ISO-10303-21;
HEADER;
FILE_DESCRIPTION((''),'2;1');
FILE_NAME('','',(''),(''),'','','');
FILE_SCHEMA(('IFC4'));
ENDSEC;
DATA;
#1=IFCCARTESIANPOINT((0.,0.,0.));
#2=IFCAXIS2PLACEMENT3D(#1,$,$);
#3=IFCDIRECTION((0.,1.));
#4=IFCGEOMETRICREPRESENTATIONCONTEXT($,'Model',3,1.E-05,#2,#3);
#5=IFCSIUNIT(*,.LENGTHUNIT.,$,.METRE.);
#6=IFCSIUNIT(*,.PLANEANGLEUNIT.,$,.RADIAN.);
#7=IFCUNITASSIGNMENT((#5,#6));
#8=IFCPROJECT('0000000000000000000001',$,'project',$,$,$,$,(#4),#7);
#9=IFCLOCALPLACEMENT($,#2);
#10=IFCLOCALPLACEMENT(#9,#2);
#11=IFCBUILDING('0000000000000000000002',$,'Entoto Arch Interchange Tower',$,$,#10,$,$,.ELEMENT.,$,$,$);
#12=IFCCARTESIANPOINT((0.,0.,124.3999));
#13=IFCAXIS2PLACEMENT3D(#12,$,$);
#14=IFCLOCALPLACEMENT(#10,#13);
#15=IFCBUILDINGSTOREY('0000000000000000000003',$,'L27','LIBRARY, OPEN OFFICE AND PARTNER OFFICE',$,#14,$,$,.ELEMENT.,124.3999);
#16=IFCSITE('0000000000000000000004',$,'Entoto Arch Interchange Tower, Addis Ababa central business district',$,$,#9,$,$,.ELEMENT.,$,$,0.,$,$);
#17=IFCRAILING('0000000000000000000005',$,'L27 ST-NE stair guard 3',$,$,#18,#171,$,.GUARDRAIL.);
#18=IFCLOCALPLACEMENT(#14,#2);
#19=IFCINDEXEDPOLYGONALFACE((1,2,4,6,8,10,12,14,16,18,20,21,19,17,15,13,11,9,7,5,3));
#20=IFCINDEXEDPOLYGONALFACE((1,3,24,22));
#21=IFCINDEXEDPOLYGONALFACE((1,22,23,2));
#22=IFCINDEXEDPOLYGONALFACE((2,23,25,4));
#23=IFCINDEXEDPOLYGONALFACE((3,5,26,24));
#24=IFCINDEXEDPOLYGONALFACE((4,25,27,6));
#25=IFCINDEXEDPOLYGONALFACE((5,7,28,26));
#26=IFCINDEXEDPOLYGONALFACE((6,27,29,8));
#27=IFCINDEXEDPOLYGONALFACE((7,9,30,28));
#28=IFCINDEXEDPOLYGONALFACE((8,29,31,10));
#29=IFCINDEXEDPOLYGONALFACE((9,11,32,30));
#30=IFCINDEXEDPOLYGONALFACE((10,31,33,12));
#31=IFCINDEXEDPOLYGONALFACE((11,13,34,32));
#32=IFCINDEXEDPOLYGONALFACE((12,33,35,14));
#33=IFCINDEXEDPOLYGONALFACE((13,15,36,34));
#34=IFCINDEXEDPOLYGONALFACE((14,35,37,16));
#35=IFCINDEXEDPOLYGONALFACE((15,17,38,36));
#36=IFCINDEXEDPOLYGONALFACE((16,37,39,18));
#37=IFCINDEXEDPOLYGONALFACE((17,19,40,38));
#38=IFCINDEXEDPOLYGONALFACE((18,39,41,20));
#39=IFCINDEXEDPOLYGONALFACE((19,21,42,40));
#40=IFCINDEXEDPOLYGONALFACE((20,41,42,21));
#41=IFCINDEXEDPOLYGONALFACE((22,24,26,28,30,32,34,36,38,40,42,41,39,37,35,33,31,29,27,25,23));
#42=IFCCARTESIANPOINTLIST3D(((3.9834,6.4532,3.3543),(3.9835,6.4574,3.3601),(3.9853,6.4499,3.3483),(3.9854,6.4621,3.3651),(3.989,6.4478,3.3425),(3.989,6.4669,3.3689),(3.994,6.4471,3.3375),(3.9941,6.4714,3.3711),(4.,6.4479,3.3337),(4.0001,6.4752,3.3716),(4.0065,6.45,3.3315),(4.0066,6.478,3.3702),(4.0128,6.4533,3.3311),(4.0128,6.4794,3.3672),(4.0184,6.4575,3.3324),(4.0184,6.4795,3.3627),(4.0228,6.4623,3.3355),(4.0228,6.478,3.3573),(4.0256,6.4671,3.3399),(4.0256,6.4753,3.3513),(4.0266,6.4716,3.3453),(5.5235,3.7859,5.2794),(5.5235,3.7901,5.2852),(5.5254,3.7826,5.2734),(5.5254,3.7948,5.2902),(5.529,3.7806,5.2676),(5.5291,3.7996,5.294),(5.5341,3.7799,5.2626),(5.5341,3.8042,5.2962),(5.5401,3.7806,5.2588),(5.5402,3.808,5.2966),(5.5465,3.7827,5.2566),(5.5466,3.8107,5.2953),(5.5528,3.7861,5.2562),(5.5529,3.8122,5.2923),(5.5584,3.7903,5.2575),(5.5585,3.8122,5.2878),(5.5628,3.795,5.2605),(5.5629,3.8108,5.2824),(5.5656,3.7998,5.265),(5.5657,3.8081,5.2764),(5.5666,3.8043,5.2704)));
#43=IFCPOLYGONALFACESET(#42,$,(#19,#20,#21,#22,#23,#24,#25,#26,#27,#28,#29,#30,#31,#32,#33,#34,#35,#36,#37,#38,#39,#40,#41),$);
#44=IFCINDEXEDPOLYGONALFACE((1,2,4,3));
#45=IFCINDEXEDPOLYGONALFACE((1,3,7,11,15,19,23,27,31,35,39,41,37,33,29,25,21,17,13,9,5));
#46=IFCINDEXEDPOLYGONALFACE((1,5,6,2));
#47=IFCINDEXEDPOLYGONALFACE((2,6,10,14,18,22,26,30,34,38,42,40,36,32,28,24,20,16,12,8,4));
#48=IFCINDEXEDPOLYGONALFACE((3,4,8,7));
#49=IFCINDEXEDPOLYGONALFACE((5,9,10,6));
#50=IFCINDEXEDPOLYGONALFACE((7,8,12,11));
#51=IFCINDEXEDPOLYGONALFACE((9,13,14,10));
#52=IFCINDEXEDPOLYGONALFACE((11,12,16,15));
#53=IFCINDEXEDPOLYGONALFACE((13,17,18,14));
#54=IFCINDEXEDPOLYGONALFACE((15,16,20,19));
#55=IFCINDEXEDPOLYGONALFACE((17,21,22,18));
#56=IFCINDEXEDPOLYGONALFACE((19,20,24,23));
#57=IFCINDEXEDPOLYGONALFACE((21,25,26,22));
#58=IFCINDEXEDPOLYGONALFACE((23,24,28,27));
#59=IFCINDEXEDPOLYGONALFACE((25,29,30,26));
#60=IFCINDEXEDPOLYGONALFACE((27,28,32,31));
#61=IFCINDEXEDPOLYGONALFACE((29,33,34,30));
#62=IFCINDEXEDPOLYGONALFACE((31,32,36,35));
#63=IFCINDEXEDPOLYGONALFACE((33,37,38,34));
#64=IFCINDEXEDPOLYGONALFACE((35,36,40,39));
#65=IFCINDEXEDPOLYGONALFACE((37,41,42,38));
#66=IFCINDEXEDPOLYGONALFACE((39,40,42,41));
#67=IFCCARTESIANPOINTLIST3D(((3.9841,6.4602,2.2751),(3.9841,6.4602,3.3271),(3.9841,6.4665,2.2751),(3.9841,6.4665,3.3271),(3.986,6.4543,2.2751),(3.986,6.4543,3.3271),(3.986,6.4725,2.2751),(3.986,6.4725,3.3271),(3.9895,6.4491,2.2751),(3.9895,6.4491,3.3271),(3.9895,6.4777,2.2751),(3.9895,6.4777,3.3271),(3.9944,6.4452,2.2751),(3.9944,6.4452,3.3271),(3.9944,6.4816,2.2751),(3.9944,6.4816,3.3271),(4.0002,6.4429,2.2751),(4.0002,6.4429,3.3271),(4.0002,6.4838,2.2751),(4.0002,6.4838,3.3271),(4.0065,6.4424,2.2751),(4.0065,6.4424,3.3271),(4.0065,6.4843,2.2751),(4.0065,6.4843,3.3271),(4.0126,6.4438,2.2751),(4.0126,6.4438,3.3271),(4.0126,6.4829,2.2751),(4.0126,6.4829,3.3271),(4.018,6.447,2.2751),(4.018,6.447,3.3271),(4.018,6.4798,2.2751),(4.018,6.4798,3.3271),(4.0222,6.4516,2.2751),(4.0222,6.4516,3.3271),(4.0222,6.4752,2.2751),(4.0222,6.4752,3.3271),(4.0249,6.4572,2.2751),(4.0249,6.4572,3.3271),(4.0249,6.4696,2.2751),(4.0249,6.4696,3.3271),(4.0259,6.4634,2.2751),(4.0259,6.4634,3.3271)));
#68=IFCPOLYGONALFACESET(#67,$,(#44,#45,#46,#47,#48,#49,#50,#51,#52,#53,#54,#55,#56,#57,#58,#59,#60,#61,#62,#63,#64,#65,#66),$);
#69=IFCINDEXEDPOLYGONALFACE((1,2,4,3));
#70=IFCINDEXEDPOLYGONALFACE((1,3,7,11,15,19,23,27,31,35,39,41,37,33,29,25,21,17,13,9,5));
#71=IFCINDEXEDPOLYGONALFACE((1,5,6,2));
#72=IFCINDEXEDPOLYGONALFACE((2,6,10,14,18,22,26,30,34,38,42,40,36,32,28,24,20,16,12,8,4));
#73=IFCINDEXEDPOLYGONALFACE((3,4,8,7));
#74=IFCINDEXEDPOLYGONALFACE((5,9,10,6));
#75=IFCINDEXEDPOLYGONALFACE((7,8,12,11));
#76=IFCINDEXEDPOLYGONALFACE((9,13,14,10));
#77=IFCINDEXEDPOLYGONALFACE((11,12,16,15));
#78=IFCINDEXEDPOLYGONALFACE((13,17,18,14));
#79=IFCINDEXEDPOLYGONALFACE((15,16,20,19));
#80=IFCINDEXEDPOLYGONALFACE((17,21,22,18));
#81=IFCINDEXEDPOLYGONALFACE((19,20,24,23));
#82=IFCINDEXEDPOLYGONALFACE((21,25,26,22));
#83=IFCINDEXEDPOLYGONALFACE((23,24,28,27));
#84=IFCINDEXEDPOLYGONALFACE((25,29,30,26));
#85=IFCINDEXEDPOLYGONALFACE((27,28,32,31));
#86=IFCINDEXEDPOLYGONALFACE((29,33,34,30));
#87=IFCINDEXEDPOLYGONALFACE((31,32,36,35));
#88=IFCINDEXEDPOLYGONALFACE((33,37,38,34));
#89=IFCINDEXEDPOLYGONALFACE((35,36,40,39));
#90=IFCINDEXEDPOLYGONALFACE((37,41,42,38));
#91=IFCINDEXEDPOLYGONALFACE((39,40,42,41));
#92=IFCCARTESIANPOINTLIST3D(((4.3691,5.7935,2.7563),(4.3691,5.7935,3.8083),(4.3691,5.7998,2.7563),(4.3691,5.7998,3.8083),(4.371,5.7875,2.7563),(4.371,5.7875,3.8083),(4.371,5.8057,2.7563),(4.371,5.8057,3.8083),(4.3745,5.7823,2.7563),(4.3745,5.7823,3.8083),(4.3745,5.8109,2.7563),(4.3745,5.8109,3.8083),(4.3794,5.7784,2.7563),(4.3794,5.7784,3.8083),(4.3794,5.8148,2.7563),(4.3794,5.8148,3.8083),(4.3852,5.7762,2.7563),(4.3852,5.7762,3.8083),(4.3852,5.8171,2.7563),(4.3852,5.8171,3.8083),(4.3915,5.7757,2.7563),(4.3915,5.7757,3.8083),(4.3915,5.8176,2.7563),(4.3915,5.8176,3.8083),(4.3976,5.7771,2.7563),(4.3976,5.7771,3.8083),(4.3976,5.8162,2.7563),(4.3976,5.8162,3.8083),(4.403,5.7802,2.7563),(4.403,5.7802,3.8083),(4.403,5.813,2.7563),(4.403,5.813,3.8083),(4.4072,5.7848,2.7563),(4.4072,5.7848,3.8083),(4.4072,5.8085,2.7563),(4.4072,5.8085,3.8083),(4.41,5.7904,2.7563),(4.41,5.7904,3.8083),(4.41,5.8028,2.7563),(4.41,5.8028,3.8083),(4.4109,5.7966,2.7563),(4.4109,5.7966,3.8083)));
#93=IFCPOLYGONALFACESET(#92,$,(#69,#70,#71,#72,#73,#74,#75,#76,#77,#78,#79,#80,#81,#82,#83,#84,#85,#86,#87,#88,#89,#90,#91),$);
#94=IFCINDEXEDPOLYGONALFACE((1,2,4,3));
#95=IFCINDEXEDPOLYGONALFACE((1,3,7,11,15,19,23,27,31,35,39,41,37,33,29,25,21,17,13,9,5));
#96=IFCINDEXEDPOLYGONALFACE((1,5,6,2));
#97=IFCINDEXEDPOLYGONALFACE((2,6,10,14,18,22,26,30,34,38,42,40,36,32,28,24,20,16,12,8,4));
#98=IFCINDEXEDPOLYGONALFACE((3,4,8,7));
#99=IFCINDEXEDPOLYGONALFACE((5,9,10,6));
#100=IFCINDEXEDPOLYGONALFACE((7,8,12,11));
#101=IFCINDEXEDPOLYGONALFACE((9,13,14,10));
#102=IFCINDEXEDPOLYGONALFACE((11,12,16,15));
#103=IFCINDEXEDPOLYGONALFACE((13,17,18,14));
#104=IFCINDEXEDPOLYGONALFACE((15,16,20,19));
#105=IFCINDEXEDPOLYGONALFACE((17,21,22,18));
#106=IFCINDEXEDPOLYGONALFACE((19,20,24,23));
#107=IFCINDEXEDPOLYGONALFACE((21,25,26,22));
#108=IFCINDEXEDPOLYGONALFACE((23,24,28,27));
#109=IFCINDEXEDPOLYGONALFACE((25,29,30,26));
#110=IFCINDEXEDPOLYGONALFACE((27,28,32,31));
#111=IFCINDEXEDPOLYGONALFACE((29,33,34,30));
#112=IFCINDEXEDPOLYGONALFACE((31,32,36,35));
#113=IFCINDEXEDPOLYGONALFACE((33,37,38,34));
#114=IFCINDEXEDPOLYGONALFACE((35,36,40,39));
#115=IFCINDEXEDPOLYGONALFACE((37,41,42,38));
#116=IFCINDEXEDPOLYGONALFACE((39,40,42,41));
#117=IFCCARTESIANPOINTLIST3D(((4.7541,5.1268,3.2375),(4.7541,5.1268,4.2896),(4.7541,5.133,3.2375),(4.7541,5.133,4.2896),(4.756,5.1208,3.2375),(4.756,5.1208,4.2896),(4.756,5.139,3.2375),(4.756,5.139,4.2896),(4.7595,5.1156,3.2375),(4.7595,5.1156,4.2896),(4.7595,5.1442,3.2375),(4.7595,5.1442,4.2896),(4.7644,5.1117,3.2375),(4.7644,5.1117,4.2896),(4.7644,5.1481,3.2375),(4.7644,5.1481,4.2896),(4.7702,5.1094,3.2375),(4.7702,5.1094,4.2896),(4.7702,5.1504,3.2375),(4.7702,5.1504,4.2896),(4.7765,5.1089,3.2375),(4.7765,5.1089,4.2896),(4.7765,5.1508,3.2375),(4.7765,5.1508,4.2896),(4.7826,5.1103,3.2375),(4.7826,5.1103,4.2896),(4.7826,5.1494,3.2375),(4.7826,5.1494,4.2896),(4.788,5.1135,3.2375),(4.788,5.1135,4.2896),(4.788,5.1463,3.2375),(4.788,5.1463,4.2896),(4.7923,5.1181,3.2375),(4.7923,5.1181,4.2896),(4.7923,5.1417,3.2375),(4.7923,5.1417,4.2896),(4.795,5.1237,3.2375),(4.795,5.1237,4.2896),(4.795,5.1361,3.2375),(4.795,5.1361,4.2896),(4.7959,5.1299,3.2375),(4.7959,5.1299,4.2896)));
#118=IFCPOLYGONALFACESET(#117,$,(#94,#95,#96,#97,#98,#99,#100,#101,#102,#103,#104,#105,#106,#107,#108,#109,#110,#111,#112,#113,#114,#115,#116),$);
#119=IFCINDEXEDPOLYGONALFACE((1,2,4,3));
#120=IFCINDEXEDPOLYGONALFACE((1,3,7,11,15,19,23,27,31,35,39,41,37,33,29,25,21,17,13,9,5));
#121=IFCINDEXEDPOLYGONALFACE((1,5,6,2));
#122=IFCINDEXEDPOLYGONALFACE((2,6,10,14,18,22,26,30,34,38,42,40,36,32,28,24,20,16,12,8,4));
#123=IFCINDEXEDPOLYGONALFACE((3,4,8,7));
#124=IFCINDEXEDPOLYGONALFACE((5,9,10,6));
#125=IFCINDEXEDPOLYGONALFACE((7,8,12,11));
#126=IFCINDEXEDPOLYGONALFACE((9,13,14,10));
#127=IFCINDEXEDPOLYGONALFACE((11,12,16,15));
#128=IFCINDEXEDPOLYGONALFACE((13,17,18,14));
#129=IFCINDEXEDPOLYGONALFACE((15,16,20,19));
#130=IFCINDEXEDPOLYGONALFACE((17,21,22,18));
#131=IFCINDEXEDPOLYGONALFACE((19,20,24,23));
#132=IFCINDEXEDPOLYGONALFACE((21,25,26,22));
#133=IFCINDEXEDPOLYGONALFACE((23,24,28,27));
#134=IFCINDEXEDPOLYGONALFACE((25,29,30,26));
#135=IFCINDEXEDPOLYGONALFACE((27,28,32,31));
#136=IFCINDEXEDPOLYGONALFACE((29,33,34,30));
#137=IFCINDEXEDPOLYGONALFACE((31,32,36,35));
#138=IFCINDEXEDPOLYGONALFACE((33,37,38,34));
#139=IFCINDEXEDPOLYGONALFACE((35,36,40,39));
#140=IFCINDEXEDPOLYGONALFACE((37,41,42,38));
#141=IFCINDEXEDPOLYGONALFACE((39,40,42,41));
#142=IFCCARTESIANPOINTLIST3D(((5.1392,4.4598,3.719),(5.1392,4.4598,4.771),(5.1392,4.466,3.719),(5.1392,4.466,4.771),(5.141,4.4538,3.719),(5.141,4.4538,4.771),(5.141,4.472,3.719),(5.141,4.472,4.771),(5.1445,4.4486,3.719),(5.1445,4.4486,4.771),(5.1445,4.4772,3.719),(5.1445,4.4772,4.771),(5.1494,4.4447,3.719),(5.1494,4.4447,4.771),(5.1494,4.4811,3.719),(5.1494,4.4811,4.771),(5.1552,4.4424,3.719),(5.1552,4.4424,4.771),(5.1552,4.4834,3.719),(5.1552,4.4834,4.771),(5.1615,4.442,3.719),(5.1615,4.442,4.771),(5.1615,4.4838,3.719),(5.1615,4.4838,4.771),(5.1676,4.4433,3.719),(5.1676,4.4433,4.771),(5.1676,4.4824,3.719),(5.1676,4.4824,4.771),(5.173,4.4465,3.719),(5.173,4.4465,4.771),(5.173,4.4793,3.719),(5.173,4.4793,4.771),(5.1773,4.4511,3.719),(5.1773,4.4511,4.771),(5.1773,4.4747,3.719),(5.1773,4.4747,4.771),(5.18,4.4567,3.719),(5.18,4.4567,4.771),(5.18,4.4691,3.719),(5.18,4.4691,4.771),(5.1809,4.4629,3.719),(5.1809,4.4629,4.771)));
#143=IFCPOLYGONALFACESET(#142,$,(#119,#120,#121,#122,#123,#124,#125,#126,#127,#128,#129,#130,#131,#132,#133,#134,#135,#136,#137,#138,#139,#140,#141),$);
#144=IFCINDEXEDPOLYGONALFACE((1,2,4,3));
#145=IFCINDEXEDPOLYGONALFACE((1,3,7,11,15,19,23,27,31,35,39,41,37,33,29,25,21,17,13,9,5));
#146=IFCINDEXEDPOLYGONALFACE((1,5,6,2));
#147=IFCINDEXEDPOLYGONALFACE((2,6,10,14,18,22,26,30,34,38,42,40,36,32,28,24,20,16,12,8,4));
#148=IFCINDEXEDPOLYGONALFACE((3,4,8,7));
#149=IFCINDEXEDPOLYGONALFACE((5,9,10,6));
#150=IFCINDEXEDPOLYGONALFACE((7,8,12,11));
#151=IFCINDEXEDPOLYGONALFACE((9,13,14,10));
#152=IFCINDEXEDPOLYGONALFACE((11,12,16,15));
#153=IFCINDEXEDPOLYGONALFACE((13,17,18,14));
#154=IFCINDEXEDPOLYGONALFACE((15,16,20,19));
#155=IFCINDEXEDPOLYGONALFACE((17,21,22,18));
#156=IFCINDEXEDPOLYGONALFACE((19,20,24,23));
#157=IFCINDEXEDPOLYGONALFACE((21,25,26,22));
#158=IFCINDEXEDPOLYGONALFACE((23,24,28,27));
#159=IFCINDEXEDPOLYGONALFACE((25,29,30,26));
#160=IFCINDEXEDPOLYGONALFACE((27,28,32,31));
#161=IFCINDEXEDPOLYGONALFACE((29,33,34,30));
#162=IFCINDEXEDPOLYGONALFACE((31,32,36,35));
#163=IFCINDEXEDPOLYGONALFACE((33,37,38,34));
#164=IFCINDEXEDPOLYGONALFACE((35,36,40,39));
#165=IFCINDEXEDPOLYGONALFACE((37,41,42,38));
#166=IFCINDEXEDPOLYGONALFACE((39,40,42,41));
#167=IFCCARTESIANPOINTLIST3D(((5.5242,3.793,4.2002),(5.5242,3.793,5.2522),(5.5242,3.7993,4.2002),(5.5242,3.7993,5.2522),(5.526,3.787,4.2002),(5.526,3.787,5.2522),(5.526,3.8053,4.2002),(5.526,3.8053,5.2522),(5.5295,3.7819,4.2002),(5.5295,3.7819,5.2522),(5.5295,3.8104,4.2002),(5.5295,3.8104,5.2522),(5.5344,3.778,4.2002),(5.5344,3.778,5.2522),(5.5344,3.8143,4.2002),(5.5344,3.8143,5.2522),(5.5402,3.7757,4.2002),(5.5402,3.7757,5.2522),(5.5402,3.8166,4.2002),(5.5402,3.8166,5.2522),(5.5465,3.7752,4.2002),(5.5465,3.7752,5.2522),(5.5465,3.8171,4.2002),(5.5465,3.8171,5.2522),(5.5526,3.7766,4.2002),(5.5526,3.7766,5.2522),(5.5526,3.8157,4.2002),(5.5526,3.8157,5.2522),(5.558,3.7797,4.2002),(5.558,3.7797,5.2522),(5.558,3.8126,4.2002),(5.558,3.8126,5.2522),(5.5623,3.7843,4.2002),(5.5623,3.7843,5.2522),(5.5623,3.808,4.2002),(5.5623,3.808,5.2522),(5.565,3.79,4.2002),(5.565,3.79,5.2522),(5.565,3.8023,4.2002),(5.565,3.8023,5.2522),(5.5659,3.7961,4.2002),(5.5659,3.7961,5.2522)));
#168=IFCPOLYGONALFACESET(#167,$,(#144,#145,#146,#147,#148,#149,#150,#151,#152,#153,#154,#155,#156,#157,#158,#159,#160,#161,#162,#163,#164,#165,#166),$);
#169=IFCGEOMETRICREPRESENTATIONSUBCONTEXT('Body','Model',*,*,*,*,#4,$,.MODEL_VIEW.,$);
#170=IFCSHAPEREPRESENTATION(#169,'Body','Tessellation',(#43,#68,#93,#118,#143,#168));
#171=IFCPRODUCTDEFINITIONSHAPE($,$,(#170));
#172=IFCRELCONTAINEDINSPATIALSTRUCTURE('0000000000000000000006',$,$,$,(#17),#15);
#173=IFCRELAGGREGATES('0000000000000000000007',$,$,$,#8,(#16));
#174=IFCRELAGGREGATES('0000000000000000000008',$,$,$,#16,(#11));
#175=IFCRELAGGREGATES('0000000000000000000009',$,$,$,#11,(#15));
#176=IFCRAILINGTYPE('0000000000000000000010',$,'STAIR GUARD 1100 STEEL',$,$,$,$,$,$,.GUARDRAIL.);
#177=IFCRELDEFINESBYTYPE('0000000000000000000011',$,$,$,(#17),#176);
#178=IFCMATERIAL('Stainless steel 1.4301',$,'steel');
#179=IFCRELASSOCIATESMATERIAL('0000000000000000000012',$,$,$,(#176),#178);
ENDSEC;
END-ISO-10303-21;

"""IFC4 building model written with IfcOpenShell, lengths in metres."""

from ifc_helpers import new_model, si_unit, direction, frame, origin, origin_2d, place, context, subcontext, project, spatial, circle, extrude, material, type_object, element, save


model = new_model("IFC4")

# Units and contexts
model_context = context("Model", 3, precision=1e-05, world=origin(), true_north=direction((0.0, 1.0)))
body_context = subcontext(model_context, "Body", "Model", "MODEL_VIEW")
ifc_project = project(units=[si_unit("LENGTHUNIT", "METRE"), si_unit("PLANEANGLEUNIT", "RADIAN")], contexts=[model_context])

# Site, building, storey
site_placement = place(None, origin())
site = spatial("IfcSite", under=ifc_project, at=site_placement, Name="Entoto Arch Interchange Tower, Addis Ababa central business district", CompositionType="ELEMENT", RefElevation=0.0)
building_placement = place(site_placement, origin())
building = spatial("IfcBuilding", under=site, at=building_placement, Name="Entoto Arch Interchange Tower", CompositionType="ELEMENT")
storey_placement = place(building_placement, frame((0.0, 0.0, 124.3999)))
storey = spatial("IfcBuildingStorey", under=building, at=storey_placement, Name="L27", Description="LIBRARY, OPEN OFFICE AND PARTNER OFFICE", CompositionType="ELEMENT", Elevation=124.3999)

# Railing
ifc_material_1 = material(Name="Stainless steel 1.4301", Category="steel")
railing_type_1 = type_object("IfcRailingType", Name="STAIR GUARD 1100 STEEL", PredefinedType="GUARDRAIL", material=ifc_material_1)
railing_1_placement = place(storey_placement, frame((4.0049, 6.4634, 2.2751)))
element("IfcRailing", 1, at=railing_1_placement, inside=storey, type_object=railing_type_1, Name="L27 ST-NE stair guard 3", PredefinedType="GUARDRAIL", context=body_context, shape_type="SweptSolid", body=[
    extrude(circle(Radius=0.0239, at=origin_2d()), frame((0.0, 0.0, 1.0762), z_axis=(0.424015, -0.734364, 0.530019), x_axis=(0.86601, 0.500027, 0.0)), (0.0, 0.0, 1.0), 3.6321),
    extrude(circle(Radius=0.021, at=origin_2d()), origin(), (0.0, 0.0, 1.0), 1.052),
    extrude(circle(Radius=0.021, at=origin_2d()), frame((0.385, -0.6667, 0.4812)), (0.0, 0.0, 1.0), 1.052),
    extrude(circle(Radius=0.021, at=origin_2d()), frame((0.77, -1.3335, 0.9624)), (0.0, 0.0, 1.0), 1.052),
    extrude(circle(Radius=0.021, at=origin_2d()), frame((1.155, -2.0005, 1.4438)), (0.0, 0.0, 1.0), 1.052),
    extrude(circle(Radius=0.021, at=origin_2d()), frame((1.54, -2.6672, 1.925)), (0.0, 0.0, 1.0), 1.052),
])

save(model, "model.ifc")
